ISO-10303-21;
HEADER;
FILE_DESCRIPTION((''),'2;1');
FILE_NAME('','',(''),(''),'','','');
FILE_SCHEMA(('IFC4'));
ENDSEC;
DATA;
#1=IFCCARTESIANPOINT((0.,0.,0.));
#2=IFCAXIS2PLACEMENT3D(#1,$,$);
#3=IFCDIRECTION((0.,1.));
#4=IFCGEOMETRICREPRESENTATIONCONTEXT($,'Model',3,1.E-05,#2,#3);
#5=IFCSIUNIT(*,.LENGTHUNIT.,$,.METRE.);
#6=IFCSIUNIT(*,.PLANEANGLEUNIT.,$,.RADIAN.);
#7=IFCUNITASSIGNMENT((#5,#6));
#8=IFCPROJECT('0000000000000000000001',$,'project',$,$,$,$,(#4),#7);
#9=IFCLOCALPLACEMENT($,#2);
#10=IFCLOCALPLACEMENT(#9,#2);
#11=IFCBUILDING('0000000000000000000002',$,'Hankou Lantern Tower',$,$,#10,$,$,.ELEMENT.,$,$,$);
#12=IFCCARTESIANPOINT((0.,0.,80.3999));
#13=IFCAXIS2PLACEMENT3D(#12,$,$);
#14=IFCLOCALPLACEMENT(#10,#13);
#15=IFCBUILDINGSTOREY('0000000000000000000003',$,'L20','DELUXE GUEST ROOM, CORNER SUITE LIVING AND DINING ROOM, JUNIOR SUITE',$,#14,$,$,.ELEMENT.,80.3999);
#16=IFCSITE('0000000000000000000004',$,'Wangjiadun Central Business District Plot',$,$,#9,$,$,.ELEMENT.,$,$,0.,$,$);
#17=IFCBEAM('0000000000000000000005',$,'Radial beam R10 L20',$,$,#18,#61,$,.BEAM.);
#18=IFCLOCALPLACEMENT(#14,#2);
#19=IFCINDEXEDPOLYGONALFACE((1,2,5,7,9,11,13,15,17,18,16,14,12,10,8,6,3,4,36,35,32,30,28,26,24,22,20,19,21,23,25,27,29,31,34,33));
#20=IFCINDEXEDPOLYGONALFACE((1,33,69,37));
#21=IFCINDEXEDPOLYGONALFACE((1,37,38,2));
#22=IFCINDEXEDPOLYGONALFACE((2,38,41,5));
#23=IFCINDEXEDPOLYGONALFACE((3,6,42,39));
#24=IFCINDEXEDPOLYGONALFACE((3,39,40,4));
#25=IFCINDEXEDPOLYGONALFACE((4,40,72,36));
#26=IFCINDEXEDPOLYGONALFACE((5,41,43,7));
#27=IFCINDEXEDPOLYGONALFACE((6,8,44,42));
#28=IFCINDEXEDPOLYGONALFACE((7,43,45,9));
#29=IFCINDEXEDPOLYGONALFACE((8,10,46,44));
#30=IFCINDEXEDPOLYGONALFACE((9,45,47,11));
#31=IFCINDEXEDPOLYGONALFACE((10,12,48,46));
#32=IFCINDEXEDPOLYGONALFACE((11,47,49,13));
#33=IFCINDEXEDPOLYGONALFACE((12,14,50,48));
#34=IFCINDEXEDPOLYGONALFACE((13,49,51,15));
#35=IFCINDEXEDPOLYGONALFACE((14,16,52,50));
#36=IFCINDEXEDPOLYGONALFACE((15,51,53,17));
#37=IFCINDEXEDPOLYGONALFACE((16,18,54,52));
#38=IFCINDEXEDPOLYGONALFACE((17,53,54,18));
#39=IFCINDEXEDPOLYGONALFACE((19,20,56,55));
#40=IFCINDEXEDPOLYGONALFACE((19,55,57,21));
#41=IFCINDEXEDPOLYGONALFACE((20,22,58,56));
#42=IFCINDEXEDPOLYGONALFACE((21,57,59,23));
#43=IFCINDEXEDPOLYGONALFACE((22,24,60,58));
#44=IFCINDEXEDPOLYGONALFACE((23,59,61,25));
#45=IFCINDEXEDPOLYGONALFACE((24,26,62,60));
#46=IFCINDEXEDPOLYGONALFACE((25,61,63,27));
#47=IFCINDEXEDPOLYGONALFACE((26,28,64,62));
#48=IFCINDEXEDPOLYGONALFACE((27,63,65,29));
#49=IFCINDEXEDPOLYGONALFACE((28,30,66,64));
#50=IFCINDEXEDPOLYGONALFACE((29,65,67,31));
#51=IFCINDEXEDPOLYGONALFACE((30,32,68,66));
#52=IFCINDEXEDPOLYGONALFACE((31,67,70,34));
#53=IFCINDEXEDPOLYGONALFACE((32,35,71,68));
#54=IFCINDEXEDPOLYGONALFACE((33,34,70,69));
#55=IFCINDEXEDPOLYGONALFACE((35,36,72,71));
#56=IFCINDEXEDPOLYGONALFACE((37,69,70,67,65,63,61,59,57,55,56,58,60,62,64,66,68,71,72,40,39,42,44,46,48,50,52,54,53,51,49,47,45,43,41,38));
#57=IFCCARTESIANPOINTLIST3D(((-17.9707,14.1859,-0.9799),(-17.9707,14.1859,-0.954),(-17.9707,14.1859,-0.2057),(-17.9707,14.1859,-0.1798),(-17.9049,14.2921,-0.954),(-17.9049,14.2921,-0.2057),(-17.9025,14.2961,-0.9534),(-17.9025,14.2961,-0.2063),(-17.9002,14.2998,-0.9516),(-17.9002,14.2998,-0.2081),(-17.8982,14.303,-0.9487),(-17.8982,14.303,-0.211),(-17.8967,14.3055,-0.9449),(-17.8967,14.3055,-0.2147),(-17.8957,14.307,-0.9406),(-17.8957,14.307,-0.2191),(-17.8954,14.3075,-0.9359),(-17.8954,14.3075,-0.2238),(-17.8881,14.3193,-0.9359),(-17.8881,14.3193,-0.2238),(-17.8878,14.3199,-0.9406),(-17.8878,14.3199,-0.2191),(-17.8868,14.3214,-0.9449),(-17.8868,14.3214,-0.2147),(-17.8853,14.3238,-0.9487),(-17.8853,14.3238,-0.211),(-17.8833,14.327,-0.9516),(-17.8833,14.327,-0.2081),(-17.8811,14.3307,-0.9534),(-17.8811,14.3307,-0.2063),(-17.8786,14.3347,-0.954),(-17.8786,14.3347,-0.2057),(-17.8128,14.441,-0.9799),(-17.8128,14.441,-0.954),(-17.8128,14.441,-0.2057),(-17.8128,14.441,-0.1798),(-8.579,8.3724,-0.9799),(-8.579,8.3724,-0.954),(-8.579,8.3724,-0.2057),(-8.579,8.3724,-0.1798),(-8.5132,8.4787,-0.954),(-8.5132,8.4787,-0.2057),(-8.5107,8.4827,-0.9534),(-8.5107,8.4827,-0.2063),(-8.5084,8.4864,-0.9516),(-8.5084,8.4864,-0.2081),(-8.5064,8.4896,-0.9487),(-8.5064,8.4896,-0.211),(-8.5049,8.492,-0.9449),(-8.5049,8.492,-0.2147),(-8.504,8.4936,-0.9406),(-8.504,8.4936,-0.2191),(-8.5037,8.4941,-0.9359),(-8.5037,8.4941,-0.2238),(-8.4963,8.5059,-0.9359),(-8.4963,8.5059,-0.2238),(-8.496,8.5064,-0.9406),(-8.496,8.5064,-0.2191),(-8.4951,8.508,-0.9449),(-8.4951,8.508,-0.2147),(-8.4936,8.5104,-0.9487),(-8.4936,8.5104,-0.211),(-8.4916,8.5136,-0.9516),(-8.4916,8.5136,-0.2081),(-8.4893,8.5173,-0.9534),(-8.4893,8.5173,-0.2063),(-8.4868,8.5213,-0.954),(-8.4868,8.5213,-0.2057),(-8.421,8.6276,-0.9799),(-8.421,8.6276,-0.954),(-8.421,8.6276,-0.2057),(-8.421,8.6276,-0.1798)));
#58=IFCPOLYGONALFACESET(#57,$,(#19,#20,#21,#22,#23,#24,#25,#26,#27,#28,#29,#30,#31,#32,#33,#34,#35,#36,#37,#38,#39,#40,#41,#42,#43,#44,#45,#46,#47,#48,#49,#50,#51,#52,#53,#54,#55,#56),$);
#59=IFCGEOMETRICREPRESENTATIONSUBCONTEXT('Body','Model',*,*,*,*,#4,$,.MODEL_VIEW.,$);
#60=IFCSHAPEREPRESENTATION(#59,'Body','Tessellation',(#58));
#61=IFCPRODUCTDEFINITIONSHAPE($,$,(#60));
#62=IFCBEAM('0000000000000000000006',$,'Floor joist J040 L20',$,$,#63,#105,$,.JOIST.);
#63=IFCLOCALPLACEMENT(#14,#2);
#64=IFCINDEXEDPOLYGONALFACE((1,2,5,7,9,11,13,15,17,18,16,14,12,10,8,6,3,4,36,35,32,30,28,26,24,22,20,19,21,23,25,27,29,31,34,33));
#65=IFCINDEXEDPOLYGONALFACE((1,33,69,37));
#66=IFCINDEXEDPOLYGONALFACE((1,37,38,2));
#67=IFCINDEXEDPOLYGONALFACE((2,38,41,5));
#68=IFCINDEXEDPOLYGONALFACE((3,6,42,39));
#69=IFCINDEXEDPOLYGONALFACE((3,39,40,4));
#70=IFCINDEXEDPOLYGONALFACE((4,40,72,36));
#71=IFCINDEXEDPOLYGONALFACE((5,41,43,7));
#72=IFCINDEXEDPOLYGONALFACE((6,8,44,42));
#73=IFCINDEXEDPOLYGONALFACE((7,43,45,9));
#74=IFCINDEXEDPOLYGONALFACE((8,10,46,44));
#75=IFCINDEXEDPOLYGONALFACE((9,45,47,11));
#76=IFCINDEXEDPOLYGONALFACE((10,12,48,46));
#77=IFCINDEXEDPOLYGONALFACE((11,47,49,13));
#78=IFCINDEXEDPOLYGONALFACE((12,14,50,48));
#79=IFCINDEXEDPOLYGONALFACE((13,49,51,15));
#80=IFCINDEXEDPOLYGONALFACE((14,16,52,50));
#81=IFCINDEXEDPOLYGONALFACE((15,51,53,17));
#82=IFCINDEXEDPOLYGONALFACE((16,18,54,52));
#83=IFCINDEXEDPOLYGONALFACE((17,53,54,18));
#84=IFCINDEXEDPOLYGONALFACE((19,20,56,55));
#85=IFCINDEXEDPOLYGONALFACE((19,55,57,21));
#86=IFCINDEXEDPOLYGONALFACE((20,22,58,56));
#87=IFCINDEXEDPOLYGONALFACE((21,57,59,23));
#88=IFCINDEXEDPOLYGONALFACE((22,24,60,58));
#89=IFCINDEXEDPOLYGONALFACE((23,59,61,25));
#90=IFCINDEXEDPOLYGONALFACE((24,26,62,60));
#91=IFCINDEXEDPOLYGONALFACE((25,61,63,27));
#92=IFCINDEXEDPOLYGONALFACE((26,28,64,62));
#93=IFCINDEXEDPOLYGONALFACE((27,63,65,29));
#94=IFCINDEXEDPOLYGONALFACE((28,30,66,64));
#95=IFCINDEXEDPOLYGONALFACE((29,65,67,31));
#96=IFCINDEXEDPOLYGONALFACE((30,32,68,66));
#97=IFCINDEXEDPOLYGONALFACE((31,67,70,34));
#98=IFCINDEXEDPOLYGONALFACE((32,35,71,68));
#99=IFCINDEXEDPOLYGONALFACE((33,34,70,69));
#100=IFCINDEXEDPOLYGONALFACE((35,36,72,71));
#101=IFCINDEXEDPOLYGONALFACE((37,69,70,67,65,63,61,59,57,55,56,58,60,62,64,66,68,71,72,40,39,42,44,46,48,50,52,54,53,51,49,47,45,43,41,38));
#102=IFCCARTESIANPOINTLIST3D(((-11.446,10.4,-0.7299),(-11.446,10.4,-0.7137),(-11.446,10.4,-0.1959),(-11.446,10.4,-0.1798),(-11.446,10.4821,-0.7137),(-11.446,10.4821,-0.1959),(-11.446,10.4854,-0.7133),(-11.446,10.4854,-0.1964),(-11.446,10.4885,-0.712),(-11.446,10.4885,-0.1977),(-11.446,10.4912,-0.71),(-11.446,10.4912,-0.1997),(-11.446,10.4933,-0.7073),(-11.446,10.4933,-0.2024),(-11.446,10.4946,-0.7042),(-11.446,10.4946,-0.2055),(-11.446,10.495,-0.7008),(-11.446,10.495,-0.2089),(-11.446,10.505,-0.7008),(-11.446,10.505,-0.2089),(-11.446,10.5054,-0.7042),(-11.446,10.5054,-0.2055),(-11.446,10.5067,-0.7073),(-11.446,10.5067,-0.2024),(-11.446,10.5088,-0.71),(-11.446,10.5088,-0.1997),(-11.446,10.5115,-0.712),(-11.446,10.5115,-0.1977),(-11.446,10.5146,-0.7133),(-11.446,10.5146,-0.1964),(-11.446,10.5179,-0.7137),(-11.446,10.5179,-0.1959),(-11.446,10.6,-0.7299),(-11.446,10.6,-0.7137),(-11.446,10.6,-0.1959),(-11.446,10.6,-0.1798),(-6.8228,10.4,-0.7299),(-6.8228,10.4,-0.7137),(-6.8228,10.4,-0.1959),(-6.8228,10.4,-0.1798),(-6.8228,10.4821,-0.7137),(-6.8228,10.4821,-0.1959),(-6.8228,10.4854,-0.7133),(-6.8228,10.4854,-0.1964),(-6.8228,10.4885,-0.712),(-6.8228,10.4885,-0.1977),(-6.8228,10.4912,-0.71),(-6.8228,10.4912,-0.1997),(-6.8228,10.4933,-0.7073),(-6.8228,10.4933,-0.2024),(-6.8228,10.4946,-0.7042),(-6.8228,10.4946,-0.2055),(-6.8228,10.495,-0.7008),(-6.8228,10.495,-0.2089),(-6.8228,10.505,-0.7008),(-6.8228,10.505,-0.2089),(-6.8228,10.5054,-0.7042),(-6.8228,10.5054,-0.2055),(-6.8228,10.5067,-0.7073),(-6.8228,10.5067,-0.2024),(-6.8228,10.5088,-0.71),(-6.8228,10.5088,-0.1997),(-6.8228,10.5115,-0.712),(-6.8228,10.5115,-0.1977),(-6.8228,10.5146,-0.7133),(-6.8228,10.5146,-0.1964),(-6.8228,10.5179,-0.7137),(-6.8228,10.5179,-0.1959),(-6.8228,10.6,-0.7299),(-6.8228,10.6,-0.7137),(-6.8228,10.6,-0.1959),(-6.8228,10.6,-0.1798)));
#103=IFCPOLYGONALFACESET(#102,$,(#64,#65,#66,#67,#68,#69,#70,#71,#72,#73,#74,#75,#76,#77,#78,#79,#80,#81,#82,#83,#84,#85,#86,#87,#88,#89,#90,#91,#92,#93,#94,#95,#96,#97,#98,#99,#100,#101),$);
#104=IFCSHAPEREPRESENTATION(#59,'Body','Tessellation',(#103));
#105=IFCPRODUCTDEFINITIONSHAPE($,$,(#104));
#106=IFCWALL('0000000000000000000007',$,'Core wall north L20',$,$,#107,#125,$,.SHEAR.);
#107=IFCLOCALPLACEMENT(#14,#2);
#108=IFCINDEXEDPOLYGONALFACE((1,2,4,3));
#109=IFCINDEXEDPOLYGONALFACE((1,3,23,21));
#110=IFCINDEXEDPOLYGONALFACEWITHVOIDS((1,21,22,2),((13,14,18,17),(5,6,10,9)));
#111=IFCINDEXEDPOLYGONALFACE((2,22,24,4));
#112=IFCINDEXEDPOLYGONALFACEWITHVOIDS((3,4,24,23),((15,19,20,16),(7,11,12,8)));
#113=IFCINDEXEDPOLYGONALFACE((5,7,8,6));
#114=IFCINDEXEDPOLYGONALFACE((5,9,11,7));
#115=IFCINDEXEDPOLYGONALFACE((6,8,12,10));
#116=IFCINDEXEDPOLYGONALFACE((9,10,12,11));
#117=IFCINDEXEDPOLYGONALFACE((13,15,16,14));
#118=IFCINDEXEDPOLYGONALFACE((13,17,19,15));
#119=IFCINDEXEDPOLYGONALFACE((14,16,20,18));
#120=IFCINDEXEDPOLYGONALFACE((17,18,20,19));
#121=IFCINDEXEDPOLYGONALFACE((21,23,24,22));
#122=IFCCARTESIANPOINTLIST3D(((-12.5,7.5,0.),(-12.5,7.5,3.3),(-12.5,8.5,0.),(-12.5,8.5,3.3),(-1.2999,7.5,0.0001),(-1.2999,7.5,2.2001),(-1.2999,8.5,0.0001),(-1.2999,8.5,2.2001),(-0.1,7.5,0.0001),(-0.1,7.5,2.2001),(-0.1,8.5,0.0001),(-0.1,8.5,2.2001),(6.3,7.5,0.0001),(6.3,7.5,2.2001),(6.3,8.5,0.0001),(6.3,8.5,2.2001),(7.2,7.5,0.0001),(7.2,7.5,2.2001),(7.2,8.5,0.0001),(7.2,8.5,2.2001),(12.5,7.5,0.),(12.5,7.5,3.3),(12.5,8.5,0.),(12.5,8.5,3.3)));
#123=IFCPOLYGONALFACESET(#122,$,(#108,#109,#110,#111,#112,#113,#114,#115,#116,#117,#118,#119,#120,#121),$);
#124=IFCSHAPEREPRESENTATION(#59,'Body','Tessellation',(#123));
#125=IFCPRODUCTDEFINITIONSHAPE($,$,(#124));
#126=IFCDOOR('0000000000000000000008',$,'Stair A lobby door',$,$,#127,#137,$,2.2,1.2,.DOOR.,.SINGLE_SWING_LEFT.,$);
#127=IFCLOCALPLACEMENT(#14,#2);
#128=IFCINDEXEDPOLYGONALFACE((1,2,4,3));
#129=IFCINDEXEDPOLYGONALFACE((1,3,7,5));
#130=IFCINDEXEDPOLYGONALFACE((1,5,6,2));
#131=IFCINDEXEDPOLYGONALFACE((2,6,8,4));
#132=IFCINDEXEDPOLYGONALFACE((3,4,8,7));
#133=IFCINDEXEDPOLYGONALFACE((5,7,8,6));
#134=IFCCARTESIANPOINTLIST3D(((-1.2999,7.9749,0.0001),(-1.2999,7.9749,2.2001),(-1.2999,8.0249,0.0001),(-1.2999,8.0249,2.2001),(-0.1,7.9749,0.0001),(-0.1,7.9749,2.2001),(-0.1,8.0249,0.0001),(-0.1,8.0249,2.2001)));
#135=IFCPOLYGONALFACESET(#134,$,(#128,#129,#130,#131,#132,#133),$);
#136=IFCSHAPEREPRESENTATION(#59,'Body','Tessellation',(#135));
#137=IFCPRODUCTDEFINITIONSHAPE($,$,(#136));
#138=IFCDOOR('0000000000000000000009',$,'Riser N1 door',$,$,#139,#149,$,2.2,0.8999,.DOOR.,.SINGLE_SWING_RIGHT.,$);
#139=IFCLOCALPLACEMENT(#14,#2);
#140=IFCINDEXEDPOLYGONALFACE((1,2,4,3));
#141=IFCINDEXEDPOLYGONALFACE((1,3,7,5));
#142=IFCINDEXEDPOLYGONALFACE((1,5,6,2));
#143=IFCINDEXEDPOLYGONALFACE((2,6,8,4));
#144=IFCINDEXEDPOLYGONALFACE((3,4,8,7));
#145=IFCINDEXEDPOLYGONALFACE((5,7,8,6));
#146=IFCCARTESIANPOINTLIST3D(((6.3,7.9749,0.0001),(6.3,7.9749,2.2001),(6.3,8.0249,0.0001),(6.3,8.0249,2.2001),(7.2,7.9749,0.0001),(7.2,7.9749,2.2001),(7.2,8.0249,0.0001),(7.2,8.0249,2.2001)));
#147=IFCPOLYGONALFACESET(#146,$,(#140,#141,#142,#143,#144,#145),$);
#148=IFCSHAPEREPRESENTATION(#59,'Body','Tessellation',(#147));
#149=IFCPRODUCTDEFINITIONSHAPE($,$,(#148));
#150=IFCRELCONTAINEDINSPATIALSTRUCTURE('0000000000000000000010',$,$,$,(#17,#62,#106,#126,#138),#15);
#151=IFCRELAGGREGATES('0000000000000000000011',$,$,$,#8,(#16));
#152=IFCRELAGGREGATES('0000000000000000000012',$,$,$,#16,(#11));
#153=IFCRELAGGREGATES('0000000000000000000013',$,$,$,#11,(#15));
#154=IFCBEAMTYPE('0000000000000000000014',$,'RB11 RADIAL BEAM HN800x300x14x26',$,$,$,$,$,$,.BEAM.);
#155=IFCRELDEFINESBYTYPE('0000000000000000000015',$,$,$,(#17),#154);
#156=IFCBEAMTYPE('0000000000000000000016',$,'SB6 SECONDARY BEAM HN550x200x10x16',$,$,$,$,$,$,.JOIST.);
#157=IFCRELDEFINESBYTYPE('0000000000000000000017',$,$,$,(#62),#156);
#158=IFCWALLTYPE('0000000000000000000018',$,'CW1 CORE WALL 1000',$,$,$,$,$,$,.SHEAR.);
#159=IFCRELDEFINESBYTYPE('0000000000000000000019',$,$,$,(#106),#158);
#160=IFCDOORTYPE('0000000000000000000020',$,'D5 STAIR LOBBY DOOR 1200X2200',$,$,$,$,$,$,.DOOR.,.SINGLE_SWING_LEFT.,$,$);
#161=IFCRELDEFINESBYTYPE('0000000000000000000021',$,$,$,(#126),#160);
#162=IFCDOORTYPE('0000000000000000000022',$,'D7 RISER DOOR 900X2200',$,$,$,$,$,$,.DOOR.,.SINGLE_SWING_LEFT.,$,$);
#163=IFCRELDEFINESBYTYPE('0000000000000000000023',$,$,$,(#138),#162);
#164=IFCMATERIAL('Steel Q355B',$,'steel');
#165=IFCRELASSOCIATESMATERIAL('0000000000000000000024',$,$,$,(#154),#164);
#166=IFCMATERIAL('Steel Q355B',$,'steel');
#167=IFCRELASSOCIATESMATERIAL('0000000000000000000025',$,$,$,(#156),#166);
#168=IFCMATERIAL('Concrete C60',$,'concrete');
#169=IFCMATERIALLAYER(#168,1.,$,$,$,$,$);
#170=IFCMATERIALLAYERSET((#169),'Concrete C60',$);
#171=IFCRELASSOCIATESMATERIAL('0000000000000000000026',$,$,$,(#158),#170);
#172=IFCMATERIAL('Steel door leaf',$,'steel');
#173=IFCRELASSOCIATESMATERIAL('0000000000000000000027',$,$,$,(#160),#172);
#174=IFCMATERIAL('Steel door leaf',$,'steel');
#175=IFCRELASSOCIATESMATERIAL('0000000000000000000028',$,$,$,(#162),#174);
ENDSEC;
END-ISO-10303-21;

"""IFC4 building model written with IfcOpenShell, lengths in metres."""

from ifc_helpers import new_model, si_unit, direction, frame, frame_2d, origin, origin_2d, place, context, subcontext, project, spatial, rectangle, i_section, extrude, material, layer, layer_set, material_profile, profile_set, type_object, element, fill, save


model = new_model("IFC4")

# Units and contexts
model_context = context("Model", 3, precision=1e-05, world=origin(), true_north=direction((0.0, 1.0)))
body_context = subcontext(model_context, "Body", "Model", "MODEL_VIEW")
ifc_project = project(units=[si_unit("LENGTHUNIT", "METRE"), si_unit("PLANEANGLEUNIT", "RADIAN")], contexts=[model_context])

# Site, building, storey
site_placement = place(None, origin())
site = spatial("IfcSite", under=ifc_project, at=site_placement, Name="Wangjiadun Central Business District Plot", CompositionType="ELEMENT", RefElevation=0.0)
building_placement = place(site_placement, origin())
building = spatial("IfcBuilding", under=site, at=building_placement, Name="Hankou Lantern Tower", CompositionType="ELEMENT")
storey_placement = place(building_placement, frame((0.0, 0.0, 80.3999)))
storey = spatial("IfcBuildingStorey", under=building, at=storey_placement, Name="L20", Description="DELUXE GUEST ROOM, CORNER SUITE LIVING AND DINING ROOM, JUNIOR SUITE", CompositionType="ELEMENT", Elevation=80.3999)

# Beams
ifc_material_1 = material(Name="Steel Q355B", Category="steel")
ifc_material_profile_1 = material_profile(ifc_material_1, i_section(OverallWidth=0.3, OverallDepth=0.8, WebThickness=0.0139, FlangeThickness=0.0259, FilletRadius=0.0181, at=origin_2d()), Name="HN800x300x14x26")
ifc_profile_set_1 = profile_set([ifc_material_profile_1], Name="Steel Q355B")
beam_type_1 = type_object("IfcBeamType", Name="RB11 RADIAL BEAM HN800x300x14x26", PredefinedType="BEAM", material=ifc_profile_set_1)
beam_1_placement = place(storey_placement, frame((-8.5, 8.5, -0.5798), z_axis=(-0.850286, 0.52632, 0.0), x_axis=(-0.52632, -0.850286, 0.0)))
element("IfcBeam", 1, at=beam_1_placement, inside=storey, type_object=beam_type_1, Name="Radial beam R10 L20", PredefinedType="BEAM", context=body_context, shape_type="SweptSolid", body=[
    extrude(i_section(OverallWidth=0.3, OverallDepth=0.8, WebThickness=0.0139, FlangeThickness=0.0259, FilletRadius=0.0181, at=origin_2d()), origin(), (0.0, 0.0, 1.0), 11.0454),
])
ifc_material_2 = material(Name="Steel Q355B", Category="steel")
ifc_material_profile_2 = material_profile(ifc_material_2, i_section(OverallWidth=0.2, OverallDepth=0.55, WebThickness=0.01, FlangeThickness=0.0161, FilletRadius=0.0129, at=origin_2d()), Name="HN550x200x10x16")
ifc_profile_set_2 = profile_set([ifc_material_profile_2], Name="Steel Q355B")
beam_type_2 = type_object("IfcBeamType", Name="SB6 SECONDARY BEAM HN550x200x10x16", PredefinedType="JOIST", material=ifc_profile_set_2)
beam_2_placement = place(storey_placement, frame((-11.446, 10.5, -0.4548), z_axis=(1.0, 0.0, 0.0), x_axis=(0.0, 1.0, 0.0)))
element("IfcBeam", 2, at=beam_2_placement, inside=storey, type_object=beam_type_2, Name="Floor joist J040 L20", PredefinedType="JOIST", context=body_context, shape_type="SweptSolid", body=[
    extrude(i_section(OverallWidth=0.2, OverallDepth=0.55, WebThickness=0.01, FlangeThickness=0.0161, FilletRadius=0.0129, at=origin_2d()), origin(), (0.0, 0.0, 1.0), 4.6233),
])

# Wall, openings, doors
ifc_material_3 = material(Name="Concrete C60", Category="concrete")
ifc_layer_1 = layer(ifc_material_3, 1.0)
ifc_layer_set_1 = layer_set([ifc_layer_1], Name="Concrete C60")
wall_type_1 = type_object("IfcWallType", Name="CW1 CORE WALL 1000", PredefinedType="SHEAR", material=ifc_layer_set_1)
wall_1_placement = place(storey_placement, frame((-12.5, 8.0, 0.0), z_axis=(0.0, 0.0, 1.0), x_axis=(1.0, 0.0, 0.0)))
wall_1 = element("IfcWall", 3, at=wall_1_placement, inside=storey, type_object=wall_type_1, Name="Core wall north L20", PredefinedType="SHEAR", context=body_context, shape_type="SweptSolid", body=[
    extrude(rectangle(XDim=25.0, YDim=1.0, at=frame_2d((12.5, 0.0))), origin(), (0.0, 0.0, 1.0), 3.3),
])
opening_1_placement = place(wall_1_placement, frame((11.2, 0.0, 0.0)))
opening_1 = element("IfcOpeningElement", 4, at=opening_1_placement, cuts=wall_1, PredefinedType="OPENING", context=body_context, shape_type="SweptSolid", body=[
    extrude(rectangle(XDim=1.2, YDim=2.2, at=frame_2d((0.6001, 1.1001))), frame((0.0, 0.51, 0.0), z_axis=(0.0, -1.0, 0.0), x_axis=(1.0, 0.0, 0.0)), (0.0, 0.0, 1.0), 1.02),
])
opening_2_placement = place(wall_1_placement, frame((18.8, 0.0, 0.0)))
opening_2 = element("IfcOpeningElement", 5, at=opening_2_placement, cuts=wall_1, PredefinedType="OPENING", context=body_context, shape_type="SweptSolid", body=[
    extrude(rectangle(XDim=0.8999, YDim=2.2, at=frame_2d((0.45, 1.1001))), frame((0.0, 0.51, 0.0), z_axis=(0.0, -1.0, 0.0), x_axis=(1.0, 0.0, 0.0)), (0.0, 0.0, 1.0), 1.02),
])
ifc_material_4 = material(Name="Steel door leaf", Category="steel")
door_type_1 = type_object("IfcDoorType", Name="D5 STAIR LOBBY DOOR 1200X2200", OperationType="SINGLE_SWING_LEFT", PredefinedType="DOOR", material=ifc_material_4)
door_1_placement = place(opening_1_placement, origin())
door_1 = element("IfcDoor", 6, at=door_1_placement, inside=storey, type_object=door_type_1, Name="Stair A lobby door", OperationType="SINGLE_SWING_LEFT", OverallHeight=2.2, OverallWidth=1.2, PredefinedType="DOOR", context=body_context, shape_type="SweptSolid", body=[
    extrude(rectangle(XDim=1.2, YDim=2.2, at=frame_2d((0.6001, 1.1001))), frame((0.0, 0.0249, 0.0), z_axis=(0.0, -1.0, 0.0), x_axis=(1.0, 0.0, 0.0)), (0.0, 0.0, 1.0), 0.05),
])
fill(opening_1, door_1)
ifc_material_5 = material(Name="Steel door leaf", Category="steel")
door_type_2 = type_object("IfcDoorType", Name="D7 RISER DOOR 900X2200", OperationType="SINGLE_SWING_LEFT", PredefinedType="DOOR", material=ifc_material_5)
door_2_placement = place(opening_2_placement, origin())
door_2 = element("IfcDoor", 7, at=door_2_placement, inside=storey, type_object=door_type_2, Name="Riser N1 door", OperationType="SINGLE_SWING_RIGHT", OverallHeight=2.2, OverallWidth=0.8999, PredefinedType="DOOR", context=body_context, shape_type="SweptSolid", body=[
    extrude(rectangle(XDim=0.8999, YDim=2.2, at=frame_2d((0.45, 1.1001))), frame((0.0, 0.0249, 0.0), z_axis=(0.0, -1.0, 0.0), x_axis=(1.0, 0.0, 0.0)), (0.0, 0.0, 1.0), 0.05),
])
fill(opening_2, door_2)

save(model, "model.ifc")
